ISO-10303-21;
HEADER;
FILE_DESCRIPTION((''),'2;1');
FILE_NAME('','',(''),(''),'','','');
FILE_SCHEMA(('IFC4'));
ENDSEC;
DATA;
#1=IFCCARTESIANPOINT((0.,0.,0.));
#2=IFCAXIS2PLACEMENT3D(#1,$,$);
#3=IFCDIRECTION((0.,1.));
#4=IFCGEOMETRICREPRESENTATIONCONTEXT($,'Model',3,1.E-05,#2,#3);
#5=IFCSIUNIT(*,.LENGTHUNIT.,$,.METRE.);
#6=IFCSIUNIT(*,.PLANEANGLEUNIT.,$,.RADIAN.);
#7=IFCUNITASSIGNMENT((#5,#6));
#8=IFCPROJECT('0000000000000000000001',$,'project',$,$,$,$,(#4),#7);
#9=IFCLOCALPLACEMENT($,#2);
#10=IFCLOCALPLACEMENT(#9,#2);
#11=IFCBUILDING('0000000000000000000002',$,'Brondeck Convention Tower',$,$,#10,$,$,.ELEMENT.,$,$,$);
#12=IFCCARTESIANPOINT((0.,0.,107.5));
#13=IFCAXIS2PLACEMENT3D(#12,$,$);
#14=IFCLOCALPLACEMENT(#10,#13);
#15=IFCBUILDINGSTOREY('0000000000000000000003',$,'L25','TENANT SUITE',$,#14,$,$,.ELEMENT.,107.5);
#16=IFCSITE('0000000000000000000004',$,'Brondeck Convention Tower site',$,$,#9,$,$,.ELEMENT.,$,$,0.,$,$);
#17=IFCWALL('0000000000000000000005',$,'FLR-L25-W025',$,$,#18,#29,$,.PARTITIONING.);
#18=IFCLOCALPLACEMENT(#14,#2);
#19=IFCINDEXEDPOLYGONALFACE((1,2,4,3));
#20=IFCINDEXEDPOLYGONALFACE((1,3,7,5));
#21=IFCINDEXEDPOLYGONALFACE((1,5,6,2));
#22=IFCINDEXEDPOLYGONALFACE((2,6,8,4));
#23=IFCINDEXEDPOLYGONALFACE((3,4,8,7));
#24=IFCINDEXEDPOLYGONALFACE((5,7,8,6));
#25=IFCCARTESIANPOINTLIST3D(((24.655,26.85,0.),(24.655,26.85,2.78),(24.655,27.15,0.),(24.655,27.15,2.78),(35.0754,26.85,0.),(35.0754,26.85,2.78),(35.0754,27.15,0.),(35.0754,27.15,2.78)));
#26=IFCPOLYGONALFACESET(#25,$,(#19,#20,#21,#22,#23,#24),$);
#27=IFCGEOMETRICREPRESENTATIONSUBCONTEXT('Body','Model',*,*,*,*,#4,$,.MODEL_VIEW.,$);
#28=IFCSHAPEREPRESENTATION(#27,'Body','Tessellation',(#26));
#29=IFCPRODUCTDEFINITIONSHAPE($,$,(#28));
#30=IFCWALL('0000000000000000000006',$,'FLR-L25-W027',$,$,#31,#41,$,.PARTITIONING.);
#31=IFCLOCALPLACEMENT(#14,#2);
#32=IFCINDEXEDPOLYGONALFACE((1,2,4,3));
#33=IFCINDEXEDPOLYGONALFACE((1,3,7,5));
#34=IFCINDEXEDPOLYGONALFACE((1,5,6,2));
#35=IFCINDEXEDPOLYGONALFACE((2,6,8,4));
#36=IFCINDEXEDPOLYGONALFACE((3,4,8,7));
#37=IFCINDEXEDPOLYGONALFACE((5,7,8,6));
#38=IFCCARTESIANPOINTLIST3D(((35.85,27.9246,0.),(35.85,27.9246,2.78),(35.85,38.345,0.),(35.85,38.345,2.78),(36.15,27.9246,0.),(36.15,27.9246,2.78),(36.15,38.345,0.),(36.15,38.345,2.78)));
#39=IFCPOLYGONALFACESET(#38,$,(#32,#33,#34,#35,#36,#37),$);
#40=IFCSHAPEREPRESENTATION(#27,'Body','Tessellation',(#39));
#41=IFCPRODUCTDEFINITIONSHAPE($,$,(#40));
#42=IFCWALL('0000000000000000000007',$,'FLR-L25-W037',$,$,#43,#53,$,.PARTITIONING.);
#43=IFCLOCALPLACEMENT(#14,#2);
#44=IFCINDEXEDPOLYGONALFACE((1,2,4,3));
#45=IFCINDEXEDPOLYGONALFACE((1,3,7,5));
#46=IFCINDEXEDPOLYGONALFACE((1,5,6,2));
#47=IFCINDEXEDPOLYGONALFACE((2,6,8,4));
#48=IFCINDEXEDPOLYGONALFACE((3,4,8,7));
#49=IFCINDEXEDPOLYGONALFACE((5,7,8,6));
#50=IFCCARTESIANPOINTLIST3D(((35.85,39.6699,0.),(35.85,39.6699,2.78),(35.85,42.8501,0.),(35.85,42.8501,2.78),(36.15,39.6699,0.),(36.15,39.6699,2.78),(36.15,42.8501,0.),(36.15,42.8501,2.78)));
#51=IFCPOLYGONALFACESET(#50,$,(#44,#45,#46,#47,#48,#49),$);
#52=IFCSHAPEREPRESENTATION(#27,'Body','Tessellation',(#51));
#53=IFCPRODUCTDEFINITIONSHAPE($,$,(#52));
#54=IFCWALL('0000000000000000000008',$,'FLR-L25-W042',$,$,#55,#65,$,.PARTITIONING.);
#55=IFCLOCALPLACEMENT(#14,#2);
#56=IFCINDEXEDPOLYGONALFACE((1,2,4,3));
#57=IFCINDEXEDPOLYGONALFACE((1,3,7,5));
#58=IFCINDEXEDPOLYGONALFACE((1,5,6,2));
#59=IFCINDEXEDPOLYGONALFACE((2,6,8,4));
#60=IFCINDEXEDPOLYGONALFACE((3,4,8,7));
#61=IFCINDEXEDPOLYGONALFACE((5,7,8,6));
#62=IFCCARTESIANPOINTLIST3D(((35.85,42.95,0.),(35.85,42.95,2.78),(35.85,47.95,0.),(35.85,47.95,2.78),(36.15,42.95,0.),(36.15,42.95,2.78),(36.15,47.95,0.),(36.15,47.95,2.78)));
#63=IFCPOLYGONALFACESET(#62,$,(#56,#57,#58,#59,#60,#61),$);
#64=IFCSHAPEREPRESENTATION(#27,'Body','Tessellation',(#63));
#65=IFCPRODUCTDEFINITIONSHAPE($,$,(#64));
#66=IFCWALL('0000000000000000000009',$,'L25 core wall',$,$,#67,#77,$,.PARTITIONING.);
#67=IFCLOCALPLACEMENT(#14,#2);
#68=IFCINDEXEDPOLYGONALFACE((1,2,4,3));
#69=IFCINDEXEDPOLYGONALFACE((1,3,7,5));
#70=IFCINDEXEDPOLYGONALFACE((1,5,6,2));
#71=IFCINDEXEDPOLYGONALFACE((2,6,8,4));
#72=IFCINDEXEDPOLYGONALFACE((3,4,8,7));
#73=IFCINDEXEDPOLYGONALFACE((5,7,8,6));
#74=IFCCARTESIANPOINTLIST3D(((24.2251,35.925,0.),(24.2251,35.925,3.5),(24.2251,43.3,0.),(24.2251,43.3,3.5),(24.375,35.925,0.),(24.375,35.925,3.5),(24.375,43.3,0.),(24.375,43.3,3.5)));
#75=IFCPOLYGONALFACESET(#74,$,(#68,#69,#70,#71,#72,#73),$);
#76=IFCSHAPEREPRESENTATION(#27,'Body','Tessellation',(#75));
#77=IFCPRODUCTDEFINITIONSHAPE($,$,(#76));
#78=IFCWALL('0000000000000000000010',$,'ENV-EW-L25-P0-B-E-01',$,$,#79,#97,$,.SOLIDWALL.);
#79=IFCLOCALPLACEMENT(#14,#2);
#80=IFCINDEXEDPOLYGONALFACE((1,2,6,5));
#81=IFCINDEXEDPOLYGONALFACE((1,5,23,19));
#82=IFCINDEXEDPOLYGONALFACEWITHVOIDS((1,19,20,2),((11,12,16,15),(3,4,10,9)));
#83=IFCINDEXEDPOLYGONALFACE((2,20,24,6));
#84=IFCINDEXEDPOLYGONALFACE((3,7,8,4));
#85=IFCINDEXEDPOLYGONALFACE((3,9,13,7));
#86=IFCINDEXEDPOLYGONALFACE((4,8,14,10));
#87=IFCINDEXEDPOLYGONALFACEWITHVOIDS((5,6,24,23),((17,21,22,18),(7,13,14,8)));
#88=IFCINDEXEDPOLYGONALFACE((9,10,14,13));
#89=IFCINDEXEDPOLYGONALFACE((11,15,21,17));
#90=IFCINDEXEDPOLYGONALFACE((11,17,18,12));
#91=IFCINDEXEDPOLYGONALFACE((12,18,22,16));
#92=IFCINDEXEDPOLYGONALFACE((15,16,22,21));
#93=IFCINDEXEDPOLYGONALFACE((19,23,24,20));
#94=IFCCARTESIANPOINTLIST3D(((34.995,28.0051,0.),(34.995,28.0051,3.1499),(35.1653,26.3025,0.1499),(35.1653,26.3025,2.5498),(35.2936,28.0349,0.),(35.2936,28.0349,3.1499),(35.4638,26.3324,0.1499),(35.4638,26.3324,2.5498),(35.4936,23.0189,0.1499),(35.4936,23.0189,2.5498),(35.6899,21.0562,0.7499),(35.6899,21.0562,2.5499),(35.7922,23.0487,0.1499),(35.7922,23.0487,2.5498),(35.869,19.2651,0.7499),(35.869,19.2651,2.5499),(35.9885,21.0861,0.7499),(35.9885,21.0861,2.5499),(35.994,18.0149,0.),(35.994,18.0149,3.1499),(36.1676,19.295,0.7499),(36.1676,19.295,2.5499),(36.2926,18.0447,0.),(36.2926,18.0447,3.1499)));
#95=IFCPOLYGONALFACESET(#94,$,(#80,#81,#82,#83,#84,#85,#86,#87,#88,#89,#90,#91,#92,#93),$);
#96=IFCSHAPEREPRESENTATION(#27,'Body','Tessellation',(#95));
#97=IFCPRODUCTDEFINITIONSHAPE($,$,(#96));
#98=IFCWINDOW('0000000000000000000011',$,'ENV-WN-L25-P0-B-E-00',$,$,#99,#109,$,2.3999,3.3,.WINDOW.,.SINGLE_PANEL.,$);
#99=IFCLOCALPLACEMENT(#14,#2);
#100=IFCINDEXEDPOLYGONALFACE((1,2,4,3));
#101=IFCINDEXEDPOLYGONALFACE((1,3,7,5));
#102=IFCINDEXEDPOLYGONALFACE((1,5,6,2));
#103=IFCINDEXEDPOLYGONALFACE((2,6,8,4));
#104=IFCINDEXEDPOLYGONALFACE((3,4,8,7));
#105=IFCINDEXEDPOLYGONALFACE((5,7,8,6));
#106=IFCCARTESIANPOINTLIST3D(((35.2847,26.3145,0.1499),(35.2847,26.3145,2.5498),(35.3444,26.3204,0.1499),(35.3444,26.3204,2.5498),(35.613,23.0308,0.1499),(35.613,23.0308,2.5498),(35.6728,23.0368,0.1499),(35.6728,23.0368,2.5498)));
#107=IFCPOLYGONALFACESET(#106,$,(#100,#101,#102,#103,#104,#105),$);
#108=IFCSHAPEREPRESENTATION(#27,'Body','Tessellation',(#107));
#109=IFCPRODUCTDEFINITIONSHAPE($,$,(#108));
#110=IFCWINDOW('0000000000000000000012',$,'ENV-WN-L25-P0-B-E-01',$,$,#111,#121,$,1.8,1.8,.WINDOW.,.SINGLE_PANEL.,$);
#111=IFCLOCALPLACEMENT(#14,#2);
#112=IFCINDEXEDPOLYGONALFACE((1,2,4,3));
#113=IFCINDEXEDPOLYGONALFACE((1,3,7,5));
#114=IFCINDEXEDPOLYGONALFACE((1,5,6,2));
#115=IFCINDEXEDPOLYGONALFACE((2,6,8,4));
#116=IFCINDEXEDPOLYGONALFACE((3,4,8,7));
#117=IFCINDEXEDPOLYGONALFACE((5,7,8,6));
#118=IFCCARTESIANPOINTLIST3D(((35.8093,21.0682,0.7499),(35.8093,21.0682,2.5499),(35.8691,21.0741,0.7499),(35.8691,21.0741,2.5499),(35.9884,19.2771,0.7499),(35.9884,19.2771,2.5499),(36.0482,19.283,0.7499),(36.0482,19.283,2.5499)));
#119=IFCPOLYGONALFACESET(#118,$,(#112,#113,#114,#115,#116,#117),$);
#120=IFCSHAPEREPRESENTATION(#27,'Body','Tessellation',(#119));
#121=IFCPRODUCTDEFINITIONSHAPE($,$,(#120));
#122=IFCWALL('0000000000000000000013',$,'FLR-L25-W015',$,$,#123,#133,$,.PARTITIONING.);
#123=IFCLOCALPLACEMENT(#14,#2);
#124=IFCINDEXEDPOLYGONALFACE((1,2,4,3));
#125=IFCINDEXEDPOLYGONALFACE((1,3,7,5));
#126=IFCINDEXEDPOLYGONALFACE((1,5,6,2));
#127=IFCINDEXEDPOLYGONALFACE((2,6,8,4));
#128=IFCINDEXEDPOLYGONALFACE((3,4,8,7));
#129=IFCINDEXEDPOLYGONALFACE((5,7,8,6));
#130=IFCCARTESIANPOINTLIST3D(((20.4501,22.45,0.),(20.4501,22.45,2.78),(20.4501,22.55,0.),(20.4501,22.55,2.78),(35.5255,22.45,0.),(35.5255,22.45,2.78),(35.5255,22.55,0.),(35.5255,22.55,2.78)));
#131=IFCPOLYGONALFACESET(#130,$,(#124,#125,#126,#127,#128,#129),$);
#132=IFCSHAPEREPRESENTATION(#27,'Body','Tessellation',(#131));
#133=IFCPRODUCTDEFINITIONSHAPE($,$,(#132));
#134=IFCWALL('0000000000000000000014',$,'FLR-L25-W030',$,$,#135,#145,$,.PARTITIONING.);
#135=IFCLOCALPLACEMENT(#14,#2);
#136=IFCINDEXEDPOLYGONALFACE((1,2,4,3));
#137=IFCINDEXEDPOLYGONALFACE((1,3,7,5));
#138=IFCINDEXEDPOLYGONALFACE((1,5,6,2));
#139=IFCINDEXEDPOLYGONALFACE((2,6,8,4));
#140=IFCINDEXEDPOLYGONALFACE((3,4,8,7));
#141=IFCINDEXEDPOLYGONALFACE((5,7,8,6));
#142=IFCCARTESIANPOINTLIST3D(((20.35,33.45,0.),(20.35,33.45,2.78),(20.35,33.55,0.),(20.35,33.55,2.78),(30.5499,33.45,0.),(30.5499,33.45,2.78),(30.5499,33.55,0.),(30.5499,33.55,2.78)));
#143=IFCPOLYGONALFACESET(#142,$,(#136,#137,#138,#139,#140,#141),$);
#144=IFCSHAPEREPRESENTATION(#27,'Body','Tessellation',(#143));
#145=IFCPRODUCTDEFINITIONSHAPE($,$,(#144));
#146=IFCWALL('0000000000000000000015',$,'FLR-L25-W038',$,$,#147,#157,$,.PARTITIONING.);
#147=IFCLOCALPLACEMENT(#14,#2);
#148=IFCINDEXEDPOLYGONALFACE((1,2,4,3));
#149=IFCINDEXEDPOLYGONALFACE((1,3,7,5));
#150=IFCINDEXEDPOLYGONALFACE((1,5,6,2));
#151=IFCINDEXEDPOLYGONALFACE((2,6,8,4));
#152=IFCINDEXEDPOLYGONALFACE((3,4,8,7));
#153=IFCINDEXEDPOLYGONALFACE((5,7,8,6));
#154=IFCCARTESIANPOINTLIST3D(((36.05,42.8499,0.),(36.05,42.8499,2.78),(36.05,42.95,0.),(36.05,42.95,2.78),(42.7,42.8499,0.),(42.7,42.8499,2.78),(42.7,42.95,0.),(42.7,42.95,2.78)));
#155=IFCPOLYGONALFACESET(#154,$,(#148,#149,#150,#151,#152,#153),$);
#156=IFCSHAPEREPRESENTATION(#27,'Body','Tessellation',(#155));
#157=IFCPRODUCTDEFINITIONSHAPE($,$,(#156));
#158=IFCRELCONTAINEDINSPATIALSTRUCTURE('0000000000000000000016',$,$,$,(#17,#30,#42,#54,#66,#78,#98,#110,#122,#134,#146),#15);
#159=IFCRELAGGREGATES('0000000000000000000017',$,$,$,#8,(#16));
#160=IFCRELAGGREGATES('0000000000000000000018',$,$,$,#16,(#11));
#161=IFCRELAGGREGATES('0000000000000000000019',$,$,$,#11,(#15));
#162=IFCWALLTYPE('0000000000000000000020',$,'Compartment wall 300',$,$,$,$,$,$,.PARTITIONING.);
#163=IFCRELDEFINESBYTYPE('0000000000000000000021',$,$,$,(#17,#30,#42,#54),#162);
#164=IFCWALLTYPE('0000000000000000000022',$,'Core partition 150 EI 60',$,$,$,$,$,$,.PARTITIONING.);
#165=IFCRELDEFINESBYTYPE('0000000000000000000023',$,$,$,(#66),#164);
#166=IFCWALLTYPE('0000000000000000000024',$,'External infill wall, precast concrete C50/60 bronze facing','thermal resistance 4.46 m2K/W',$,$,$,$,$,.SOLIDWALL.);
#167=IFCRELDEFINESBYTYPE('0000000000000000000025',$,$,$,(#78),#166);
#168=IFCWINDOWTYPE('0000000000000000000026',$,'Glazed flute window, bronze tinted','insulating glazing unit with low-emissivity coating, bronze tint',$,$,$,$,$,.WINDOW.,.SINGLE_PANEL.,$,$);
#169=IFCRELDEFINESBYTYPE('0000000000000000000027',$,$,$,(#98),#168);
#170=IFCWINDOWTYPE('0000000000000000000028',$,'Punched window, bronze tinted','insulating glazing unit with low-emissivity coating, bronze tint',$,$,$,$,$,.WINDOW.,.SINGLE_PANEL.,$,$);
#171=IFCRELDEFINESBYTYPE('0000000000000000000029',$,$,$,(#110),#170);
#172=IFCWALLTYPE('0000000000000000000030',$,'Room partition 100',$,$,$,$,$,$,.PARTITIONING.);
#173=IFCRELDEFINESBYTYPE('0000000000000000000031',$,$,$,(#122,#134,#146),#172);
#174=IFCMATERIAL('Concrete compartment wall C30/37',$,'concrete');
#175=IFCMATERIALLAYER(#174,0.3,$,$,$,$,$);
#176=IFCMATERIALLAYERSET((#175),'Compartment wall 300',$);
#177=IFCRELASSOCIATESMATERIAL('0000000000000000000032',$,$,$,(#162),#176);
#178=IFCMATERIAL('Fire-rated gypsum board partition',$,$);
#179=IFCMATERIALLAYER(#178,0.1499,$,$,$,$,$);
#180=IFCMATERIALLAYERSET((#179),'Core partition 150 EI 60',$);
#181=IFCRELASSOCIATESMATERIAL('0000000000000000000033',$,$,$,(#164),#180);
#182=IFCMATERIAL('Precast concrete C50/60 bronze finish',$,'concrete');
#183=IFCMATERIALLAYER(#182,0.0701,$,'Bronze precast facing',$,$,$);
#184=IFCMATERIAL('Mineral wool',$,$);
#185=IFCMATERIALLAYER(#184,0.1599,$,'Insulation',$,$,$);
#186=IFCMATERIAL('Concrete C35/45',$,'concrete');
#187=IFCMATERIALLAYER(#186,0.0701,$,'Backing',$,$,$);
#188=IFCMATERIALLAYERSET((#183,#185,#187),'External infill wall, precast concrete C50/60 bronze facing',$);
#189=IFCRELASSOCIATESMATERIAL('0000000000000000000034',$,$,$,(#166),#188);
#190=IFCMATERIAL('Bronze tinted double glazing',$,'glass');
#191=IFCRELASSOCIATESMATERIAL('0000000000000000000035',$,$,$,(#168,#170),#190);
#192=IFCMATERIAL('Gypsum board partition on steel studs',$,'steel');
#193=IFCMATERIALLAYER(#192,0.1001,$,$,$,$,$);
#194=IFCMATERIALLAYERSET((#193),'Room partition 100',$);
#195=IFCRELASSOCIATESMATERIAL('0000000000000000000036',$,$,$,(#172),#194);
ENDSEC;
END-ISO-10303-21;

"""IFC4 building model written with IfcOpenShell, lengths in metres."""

from ifc_helpers import new_model, si_unit, direction, frame, frame_2d, origin, place, context, subcontext, project, spatial, rectangle, extrude, material, layer, layer_set, type_object, element, fill, save


model = new_model("IFC4")

# Units and contexts
model_context = context("Model", 3, precision=1e-05, world=origin(), true_north=direction((0.0, 1.0)))
body_context = subcontext(model_context, "Body", "Model", "MODEL_VIEW")
ifc_project = project(units=[si_unit("LENGTHUNIT", "METRE"), si_unit("PLANEANGLEUNIT", "RADIAN")], contexts=[model_context])

# Site, building, storey
site_placement = place(None, origin())
site = spatial("IfcSite", under=ifc_project, at=site_placement, Name="Brondeck Convention Tower site", CompositionType="ELEMENT", RefElevation=0.0)
building_placement = place(site_placement, origin())
building = spatial("IfcBuilding", under=site, at=building_placement, Name="Brondeck Convention Tower", CompositionType="ELEMENT")
storey_placement = place(building_placement, frame((0.0, 0.0, 107.5)))
storey = spatial("IfcBuildingStorey", under=building, at=storey_placement, Name="L25", Description="TENANT SUITE", CompositionType="ELEMENT", Elevation=107.5)

# Walls
ifc_material_1 = material(Name="Concrete compartment wall C30/37", Category="concrete")
ifc_layer_1 = layer(ifc_material_1, 0.3)
ifc_layer_set_1 = layer_set([ifc_layer_1], Name="Compartment wall 300")
wall_type_1 = type_object("IfcWallType", Name="Compartment wall 300", PredefinedType="PARTITIONING", material=ifc_layer_set_1)
for number, where, z_axis, x_axis, name in (
    (1, (24.655, 27.0, 0.0), (0.0, 0.0, 1.0), (1.0, 0.0, 0.0), "FLR-L25-W025"),
    (2, (36.0, 27.9246, 0.0), (0.0, 0.0, 1.0), (0.0, 1.0, 0.0), "FLR-L25-W027"),
):
    element("IfcWall", number, at=place(storey_placement, frame(where, z_axis=z_axis, x_axis=x_axis)), inside=storey, type_object=wall_type_1, Name=name, PredefinedType="PARTITIONING", context=body_context, shape_type="SweptSolid", body=[
        extrude(rectangle(XDim=10.4204, YDim=0.3, at=frame_2d((5.2102, 0.0))), origin(), (0.0, 0.0, 1.0), 2.78),
    ])
wall_1_placement = place(storey_placement, frame((36.0, 39.6699, 0.0), z_axis=(0.0, 0.0, 1.0), x_axis=(0.0, 1.0, 0.0)))
element("IfcWall", 3, at=wall_1_placement, inside=storey, type_object=wall_type_1, Name="FLR-L25-W037", PredefinedType="PARTITIONING", context=body_context, shape_type="SweptSolid", body=[
    extrude(rectangle(XDim=3.1802, YDim=0.3, at=frame_2d((1.5901, 0.0))), origin(), (0.0, 0.0, 1.0), 2.78),
])
wall_2_placement = place(storey_placement, frame((36.0, 42.95, 0.0), z_axis=(0.0, 0.0, 1.0), x_axis=(0.0, 1.0, 0.0)))
element("IfcWall", 4, at=wall_2_placement, inside=storey, type_object=wall_type_1, Name="FLR-L25-W042", PredefinedType="PARTITIONING", context=body_context, shape_type="SweptSolid", body=[
    extrude(rectangle(XDim=5.0, YDim=0.3, at=frame_2d((2.5, 0.0))), origin(), (0.0, 0.0, 1.0), 2.78),
])
ifc_material_2 = material(Name="Fire-rated gypsum board partition")
ifc_layer_2 = layer(ifc_material_2, 0.1499)
ifc_layer_set_2 = layer_set([ifc_layer_2], Name="Core partition 150 EI 60")
wall_type_2 = type_object("IfcWallType", Name="Core partition 150 EI 60", PredefinedType="PARTITIONING", material=ifc_layer_set_2)
wall_3_placement = place(storey_placement, frame((24.3, 35.925, 0.0), z_axis=(0.0, 0.0, 1.0), x_axis=(0.0, 1.0, 0.0)))
element("IfcWall", 5, at=wall_3_placement, inside=storey, type_object=wall_type_2, Name="L25 core wall", PredefinedType="PARTITIONING", context=body_context, shape_type="SweptSolid", body=[
    extrude(rectangle(XDim=7.375, YDim=0.1499, at=frame_2d((3.6875, 0.0))), origin(), (0.0, 0.0, 1.0), 3.5),
])

# Wall, openings, windows
ifc_material_3 = material(Name="Precast concrete C50/60 bronze finish", Category="concrete")
ifc_layer_3 = layer(ifc_material_3, 0.0701, Name="Bronze precast facing")
ifc_material_4 = material(Name="Mineral wool")
ifc_layer_4 = layer(ifc_material_4, 0.1599, Name="Insulation")
ifc_material_5 = material(Name="Concrete C35/45", Category="concrete")
ifc_layer_5 = layer(ifc_material_5, 0.0701, Name="Backing")
ifc_layer_set_3 = layer_set([ifc_layer_3, ifc_layer_4, ifc_layer_5], Name="External infill wall, precast concrete C50/60 bronze facing")
wall_type_3 = type_object("IfcWallType", Name="External infill wall, precast concrete C50/60 bronze facing", Description="thermal resistance 4.46 m2K/W", PredefinedType="SOLIDWALL", material=ifc_layer_set_3)
wall_4_placement = place(storey_placement, frame((35.1443, 28.02, 0.0), z_axis=(0.0, 0.0, 1.0), x_axis=(0.099504, -0.995037, 0.0)))
wall_4 = element("IfcWall", 6, at=wall_4_placement, inside=storey, type_object=wall_type_3, Name="ENV-EW-L25-P0-B-E-01", PredefinedType="SOLIDWALL", context=body_context, shape_type="SweptSolid", body=[
    extrude(rectangle(XDim=10.04, YDim=0.3, at=frame_2d((5.02, 0.0))), origin(), (0.0, 0.0, 1.0), 3.1499),
])
opening_1_placement = place(wall_4_placement, frame((1.7112, 0.0, 0.1499)))
opening_1 = element("IfcOpeningElement", 7, at=opening_1_placement, cuts=wall_4, PredefinedType="OPENING", context=body_context, shape_type="SweptSolid", body=[
    extrude(rectangle(XDim=3.3, YDim=2.3999, at=frame_2d((1.6499, 1.2))), frame((0.0, 0.1599, 0.0), z_axis=(0.0, -1.0, 0.0), x_axis=(1.0, 0.0, 0.0)), (0.0, 0.0, 1.0), 0.3201),
])
opening_2_placement = place(wall_4_placement, frame((6.9836, 0.0, 0.75)))
opening_2 = element("IfcOpeningElement", 8, at=opening_2_placement, cuts=wall_4, PredefinedType="OPENING", context=body_context, shape_type="SweptSolid", body=[
    extrude(rectangle(XDim=1.8, YDim=1.8, at=frame_2d((0.8999, 0.8999))), frame((0.0, 0.1599, 0.0), z_axis=(0.0, -1.0, 0.0), x_axis=(1.0, 0.0, 0.0)), (0.0, 0.0, 1.0), 0.3201),
])
ifc_material_6 = material(Name="Bronze tinted double glazing", Category="glass")
window_type_1 = type_object("IfcWindowType", Name="Glazed flute window, bronze tinted", Description="insulating glazing unit with low-emissivity coating, bronze tint", PartitioningType="SINGLE_PANEL", PredefinedType="WINDOW", material=ifc_material_6)
window_1_placement = place(opening_1_placement, origin())
window_1 = element("IfcWindow", 9, at=window_1_placement, inside=storey, type_object=window_type_1, Name="ENV-WN-L25-P0-B-E-00", OverallHeight=2.3999, OverallWidth=3.3, PartitioningType="SINGLE_PANEL", PredefinedType="WINDOW", context=body_context, shape_type="SweptSolid", body=[
    extrude(rectangle(XDim=3.3, YDim=2.3999, at=frame_2d((1.6499, 1.2))), frame((0.0, 0.03, 0.0), z_axis=(0.0, -1.0, 0.0), x_axis=(1.0, 0.0, 0.0)), (0.0, 0.0, 1.0), 0.0601),
])
fill(opening_1, window_1)
window_type_2 = type_object("IfcWindowType", Name="Punched window, bronze tinted", Description="insulating glazing unit with low-emissivity coating, bronze tint", PartitioningType="SINGLE_PANEL", PredefinedType="WINDOW", material=ifc_material_6)
window_2_placement = place(opening_2_placement, origin())
window_2 = element("IfcWindow", 10, at=window_2_placement, inside=storey, type_object=window_type_2, Name="ENV-WN-L25-P0-B-E-01", OverallHeight=1.8, OverallWidth=1.8, PartitioningType="SINGLE_PANEL", PredefinedType="WINDOW", context=body_context, shape_type="SweptSolid", body=[
    extrude(rectangle(XDim=1.8, YDim=1.8, at=frame_2d((0.8999, 0.8999))), frame((0.0, 0.03, 0.0), z_axis=(0.0, -1.0, 0.0), x_axis=(1.0, 0.0, 0.0)), (0.0, 0.0, 1.0), 0.0601),
])
fill(opening_2, window_2)

# Walls
ifc_material_7 = material(Name="Gypsum board partition on steel studs", Category="steel")
ifc_layer_6 = layer(ifc_material_7, 0.1001)
ifc_layer_set_4 = layer_set([ifc_layer_6], Name="Room partition 100")
wall_type_4 = type_object("IfcWallType", Name="Room partition 100", PredefinedType="PARTITIONING", material=ifc_layer_set_4)
wall_5_placement = place(storey_placement, frame((35.5254, 22.5, 0.0), z_axis=(0.0, 0.0, 1.0), x_axis=(-1.0, 0.0, 0.0)))
element("IfcWall", 11, at=wall_5_placement, inside=storey, type_object=wall_type_4, Name="FLR-L25-W015", PredefinedType="PARTITIONING", context=body_context, shape_type="SweptSolid", body=[
    extrude(rectangle(XDim=15.0754, YDim=0.1001, at=frame_2d((7.5376, 0.0))), origin(), (0.0, 0.0, 1.0), 2.78),
])
wall_6_placement = place(storey_placement, frame((30.55, 33.5, 0.0), z_axis=(0.0, 0.0, 1.0), x_axis=(-1.0, 0.0, 0.0)))
element("IfcWall", 12, at=wall_6_placement, inside=storey, type_object=wall_type_4, Name="FLR-L25-W030", PredefinedType="PARTITIONING", context=body_context, shape_type="SweptSolid", body=[
    extrude(rectangle(XDim=10.2, YDim=0.1001, at=frame_2d((5.1001, 0.0))), origin(), (0.0, 0.0, 1.0), 2.78),
])
wall_7_placement = place(storey_placement, frame((36.05, 42.8999, 0.0), z_axis=(0.0, 0.0, 1.0), x_axis=(1.0, 0.0, 0.0)))
element("IfcWall", 13, at=wall_7_placement, inside=storey, type_object=wall_type_4, Name="FLR-L25-W038", PredefinedType="PARTITIONING", context=body_context, shape_type="SweptSolid", body=[
    extrude(rectangle(XDim=6.6499, YDim=0.1001, at=frame_2d((3.325, 0.0))), origin(), (0.0, 0.0, 1.0), 2.78),
])

save(model, "model.ifc")
